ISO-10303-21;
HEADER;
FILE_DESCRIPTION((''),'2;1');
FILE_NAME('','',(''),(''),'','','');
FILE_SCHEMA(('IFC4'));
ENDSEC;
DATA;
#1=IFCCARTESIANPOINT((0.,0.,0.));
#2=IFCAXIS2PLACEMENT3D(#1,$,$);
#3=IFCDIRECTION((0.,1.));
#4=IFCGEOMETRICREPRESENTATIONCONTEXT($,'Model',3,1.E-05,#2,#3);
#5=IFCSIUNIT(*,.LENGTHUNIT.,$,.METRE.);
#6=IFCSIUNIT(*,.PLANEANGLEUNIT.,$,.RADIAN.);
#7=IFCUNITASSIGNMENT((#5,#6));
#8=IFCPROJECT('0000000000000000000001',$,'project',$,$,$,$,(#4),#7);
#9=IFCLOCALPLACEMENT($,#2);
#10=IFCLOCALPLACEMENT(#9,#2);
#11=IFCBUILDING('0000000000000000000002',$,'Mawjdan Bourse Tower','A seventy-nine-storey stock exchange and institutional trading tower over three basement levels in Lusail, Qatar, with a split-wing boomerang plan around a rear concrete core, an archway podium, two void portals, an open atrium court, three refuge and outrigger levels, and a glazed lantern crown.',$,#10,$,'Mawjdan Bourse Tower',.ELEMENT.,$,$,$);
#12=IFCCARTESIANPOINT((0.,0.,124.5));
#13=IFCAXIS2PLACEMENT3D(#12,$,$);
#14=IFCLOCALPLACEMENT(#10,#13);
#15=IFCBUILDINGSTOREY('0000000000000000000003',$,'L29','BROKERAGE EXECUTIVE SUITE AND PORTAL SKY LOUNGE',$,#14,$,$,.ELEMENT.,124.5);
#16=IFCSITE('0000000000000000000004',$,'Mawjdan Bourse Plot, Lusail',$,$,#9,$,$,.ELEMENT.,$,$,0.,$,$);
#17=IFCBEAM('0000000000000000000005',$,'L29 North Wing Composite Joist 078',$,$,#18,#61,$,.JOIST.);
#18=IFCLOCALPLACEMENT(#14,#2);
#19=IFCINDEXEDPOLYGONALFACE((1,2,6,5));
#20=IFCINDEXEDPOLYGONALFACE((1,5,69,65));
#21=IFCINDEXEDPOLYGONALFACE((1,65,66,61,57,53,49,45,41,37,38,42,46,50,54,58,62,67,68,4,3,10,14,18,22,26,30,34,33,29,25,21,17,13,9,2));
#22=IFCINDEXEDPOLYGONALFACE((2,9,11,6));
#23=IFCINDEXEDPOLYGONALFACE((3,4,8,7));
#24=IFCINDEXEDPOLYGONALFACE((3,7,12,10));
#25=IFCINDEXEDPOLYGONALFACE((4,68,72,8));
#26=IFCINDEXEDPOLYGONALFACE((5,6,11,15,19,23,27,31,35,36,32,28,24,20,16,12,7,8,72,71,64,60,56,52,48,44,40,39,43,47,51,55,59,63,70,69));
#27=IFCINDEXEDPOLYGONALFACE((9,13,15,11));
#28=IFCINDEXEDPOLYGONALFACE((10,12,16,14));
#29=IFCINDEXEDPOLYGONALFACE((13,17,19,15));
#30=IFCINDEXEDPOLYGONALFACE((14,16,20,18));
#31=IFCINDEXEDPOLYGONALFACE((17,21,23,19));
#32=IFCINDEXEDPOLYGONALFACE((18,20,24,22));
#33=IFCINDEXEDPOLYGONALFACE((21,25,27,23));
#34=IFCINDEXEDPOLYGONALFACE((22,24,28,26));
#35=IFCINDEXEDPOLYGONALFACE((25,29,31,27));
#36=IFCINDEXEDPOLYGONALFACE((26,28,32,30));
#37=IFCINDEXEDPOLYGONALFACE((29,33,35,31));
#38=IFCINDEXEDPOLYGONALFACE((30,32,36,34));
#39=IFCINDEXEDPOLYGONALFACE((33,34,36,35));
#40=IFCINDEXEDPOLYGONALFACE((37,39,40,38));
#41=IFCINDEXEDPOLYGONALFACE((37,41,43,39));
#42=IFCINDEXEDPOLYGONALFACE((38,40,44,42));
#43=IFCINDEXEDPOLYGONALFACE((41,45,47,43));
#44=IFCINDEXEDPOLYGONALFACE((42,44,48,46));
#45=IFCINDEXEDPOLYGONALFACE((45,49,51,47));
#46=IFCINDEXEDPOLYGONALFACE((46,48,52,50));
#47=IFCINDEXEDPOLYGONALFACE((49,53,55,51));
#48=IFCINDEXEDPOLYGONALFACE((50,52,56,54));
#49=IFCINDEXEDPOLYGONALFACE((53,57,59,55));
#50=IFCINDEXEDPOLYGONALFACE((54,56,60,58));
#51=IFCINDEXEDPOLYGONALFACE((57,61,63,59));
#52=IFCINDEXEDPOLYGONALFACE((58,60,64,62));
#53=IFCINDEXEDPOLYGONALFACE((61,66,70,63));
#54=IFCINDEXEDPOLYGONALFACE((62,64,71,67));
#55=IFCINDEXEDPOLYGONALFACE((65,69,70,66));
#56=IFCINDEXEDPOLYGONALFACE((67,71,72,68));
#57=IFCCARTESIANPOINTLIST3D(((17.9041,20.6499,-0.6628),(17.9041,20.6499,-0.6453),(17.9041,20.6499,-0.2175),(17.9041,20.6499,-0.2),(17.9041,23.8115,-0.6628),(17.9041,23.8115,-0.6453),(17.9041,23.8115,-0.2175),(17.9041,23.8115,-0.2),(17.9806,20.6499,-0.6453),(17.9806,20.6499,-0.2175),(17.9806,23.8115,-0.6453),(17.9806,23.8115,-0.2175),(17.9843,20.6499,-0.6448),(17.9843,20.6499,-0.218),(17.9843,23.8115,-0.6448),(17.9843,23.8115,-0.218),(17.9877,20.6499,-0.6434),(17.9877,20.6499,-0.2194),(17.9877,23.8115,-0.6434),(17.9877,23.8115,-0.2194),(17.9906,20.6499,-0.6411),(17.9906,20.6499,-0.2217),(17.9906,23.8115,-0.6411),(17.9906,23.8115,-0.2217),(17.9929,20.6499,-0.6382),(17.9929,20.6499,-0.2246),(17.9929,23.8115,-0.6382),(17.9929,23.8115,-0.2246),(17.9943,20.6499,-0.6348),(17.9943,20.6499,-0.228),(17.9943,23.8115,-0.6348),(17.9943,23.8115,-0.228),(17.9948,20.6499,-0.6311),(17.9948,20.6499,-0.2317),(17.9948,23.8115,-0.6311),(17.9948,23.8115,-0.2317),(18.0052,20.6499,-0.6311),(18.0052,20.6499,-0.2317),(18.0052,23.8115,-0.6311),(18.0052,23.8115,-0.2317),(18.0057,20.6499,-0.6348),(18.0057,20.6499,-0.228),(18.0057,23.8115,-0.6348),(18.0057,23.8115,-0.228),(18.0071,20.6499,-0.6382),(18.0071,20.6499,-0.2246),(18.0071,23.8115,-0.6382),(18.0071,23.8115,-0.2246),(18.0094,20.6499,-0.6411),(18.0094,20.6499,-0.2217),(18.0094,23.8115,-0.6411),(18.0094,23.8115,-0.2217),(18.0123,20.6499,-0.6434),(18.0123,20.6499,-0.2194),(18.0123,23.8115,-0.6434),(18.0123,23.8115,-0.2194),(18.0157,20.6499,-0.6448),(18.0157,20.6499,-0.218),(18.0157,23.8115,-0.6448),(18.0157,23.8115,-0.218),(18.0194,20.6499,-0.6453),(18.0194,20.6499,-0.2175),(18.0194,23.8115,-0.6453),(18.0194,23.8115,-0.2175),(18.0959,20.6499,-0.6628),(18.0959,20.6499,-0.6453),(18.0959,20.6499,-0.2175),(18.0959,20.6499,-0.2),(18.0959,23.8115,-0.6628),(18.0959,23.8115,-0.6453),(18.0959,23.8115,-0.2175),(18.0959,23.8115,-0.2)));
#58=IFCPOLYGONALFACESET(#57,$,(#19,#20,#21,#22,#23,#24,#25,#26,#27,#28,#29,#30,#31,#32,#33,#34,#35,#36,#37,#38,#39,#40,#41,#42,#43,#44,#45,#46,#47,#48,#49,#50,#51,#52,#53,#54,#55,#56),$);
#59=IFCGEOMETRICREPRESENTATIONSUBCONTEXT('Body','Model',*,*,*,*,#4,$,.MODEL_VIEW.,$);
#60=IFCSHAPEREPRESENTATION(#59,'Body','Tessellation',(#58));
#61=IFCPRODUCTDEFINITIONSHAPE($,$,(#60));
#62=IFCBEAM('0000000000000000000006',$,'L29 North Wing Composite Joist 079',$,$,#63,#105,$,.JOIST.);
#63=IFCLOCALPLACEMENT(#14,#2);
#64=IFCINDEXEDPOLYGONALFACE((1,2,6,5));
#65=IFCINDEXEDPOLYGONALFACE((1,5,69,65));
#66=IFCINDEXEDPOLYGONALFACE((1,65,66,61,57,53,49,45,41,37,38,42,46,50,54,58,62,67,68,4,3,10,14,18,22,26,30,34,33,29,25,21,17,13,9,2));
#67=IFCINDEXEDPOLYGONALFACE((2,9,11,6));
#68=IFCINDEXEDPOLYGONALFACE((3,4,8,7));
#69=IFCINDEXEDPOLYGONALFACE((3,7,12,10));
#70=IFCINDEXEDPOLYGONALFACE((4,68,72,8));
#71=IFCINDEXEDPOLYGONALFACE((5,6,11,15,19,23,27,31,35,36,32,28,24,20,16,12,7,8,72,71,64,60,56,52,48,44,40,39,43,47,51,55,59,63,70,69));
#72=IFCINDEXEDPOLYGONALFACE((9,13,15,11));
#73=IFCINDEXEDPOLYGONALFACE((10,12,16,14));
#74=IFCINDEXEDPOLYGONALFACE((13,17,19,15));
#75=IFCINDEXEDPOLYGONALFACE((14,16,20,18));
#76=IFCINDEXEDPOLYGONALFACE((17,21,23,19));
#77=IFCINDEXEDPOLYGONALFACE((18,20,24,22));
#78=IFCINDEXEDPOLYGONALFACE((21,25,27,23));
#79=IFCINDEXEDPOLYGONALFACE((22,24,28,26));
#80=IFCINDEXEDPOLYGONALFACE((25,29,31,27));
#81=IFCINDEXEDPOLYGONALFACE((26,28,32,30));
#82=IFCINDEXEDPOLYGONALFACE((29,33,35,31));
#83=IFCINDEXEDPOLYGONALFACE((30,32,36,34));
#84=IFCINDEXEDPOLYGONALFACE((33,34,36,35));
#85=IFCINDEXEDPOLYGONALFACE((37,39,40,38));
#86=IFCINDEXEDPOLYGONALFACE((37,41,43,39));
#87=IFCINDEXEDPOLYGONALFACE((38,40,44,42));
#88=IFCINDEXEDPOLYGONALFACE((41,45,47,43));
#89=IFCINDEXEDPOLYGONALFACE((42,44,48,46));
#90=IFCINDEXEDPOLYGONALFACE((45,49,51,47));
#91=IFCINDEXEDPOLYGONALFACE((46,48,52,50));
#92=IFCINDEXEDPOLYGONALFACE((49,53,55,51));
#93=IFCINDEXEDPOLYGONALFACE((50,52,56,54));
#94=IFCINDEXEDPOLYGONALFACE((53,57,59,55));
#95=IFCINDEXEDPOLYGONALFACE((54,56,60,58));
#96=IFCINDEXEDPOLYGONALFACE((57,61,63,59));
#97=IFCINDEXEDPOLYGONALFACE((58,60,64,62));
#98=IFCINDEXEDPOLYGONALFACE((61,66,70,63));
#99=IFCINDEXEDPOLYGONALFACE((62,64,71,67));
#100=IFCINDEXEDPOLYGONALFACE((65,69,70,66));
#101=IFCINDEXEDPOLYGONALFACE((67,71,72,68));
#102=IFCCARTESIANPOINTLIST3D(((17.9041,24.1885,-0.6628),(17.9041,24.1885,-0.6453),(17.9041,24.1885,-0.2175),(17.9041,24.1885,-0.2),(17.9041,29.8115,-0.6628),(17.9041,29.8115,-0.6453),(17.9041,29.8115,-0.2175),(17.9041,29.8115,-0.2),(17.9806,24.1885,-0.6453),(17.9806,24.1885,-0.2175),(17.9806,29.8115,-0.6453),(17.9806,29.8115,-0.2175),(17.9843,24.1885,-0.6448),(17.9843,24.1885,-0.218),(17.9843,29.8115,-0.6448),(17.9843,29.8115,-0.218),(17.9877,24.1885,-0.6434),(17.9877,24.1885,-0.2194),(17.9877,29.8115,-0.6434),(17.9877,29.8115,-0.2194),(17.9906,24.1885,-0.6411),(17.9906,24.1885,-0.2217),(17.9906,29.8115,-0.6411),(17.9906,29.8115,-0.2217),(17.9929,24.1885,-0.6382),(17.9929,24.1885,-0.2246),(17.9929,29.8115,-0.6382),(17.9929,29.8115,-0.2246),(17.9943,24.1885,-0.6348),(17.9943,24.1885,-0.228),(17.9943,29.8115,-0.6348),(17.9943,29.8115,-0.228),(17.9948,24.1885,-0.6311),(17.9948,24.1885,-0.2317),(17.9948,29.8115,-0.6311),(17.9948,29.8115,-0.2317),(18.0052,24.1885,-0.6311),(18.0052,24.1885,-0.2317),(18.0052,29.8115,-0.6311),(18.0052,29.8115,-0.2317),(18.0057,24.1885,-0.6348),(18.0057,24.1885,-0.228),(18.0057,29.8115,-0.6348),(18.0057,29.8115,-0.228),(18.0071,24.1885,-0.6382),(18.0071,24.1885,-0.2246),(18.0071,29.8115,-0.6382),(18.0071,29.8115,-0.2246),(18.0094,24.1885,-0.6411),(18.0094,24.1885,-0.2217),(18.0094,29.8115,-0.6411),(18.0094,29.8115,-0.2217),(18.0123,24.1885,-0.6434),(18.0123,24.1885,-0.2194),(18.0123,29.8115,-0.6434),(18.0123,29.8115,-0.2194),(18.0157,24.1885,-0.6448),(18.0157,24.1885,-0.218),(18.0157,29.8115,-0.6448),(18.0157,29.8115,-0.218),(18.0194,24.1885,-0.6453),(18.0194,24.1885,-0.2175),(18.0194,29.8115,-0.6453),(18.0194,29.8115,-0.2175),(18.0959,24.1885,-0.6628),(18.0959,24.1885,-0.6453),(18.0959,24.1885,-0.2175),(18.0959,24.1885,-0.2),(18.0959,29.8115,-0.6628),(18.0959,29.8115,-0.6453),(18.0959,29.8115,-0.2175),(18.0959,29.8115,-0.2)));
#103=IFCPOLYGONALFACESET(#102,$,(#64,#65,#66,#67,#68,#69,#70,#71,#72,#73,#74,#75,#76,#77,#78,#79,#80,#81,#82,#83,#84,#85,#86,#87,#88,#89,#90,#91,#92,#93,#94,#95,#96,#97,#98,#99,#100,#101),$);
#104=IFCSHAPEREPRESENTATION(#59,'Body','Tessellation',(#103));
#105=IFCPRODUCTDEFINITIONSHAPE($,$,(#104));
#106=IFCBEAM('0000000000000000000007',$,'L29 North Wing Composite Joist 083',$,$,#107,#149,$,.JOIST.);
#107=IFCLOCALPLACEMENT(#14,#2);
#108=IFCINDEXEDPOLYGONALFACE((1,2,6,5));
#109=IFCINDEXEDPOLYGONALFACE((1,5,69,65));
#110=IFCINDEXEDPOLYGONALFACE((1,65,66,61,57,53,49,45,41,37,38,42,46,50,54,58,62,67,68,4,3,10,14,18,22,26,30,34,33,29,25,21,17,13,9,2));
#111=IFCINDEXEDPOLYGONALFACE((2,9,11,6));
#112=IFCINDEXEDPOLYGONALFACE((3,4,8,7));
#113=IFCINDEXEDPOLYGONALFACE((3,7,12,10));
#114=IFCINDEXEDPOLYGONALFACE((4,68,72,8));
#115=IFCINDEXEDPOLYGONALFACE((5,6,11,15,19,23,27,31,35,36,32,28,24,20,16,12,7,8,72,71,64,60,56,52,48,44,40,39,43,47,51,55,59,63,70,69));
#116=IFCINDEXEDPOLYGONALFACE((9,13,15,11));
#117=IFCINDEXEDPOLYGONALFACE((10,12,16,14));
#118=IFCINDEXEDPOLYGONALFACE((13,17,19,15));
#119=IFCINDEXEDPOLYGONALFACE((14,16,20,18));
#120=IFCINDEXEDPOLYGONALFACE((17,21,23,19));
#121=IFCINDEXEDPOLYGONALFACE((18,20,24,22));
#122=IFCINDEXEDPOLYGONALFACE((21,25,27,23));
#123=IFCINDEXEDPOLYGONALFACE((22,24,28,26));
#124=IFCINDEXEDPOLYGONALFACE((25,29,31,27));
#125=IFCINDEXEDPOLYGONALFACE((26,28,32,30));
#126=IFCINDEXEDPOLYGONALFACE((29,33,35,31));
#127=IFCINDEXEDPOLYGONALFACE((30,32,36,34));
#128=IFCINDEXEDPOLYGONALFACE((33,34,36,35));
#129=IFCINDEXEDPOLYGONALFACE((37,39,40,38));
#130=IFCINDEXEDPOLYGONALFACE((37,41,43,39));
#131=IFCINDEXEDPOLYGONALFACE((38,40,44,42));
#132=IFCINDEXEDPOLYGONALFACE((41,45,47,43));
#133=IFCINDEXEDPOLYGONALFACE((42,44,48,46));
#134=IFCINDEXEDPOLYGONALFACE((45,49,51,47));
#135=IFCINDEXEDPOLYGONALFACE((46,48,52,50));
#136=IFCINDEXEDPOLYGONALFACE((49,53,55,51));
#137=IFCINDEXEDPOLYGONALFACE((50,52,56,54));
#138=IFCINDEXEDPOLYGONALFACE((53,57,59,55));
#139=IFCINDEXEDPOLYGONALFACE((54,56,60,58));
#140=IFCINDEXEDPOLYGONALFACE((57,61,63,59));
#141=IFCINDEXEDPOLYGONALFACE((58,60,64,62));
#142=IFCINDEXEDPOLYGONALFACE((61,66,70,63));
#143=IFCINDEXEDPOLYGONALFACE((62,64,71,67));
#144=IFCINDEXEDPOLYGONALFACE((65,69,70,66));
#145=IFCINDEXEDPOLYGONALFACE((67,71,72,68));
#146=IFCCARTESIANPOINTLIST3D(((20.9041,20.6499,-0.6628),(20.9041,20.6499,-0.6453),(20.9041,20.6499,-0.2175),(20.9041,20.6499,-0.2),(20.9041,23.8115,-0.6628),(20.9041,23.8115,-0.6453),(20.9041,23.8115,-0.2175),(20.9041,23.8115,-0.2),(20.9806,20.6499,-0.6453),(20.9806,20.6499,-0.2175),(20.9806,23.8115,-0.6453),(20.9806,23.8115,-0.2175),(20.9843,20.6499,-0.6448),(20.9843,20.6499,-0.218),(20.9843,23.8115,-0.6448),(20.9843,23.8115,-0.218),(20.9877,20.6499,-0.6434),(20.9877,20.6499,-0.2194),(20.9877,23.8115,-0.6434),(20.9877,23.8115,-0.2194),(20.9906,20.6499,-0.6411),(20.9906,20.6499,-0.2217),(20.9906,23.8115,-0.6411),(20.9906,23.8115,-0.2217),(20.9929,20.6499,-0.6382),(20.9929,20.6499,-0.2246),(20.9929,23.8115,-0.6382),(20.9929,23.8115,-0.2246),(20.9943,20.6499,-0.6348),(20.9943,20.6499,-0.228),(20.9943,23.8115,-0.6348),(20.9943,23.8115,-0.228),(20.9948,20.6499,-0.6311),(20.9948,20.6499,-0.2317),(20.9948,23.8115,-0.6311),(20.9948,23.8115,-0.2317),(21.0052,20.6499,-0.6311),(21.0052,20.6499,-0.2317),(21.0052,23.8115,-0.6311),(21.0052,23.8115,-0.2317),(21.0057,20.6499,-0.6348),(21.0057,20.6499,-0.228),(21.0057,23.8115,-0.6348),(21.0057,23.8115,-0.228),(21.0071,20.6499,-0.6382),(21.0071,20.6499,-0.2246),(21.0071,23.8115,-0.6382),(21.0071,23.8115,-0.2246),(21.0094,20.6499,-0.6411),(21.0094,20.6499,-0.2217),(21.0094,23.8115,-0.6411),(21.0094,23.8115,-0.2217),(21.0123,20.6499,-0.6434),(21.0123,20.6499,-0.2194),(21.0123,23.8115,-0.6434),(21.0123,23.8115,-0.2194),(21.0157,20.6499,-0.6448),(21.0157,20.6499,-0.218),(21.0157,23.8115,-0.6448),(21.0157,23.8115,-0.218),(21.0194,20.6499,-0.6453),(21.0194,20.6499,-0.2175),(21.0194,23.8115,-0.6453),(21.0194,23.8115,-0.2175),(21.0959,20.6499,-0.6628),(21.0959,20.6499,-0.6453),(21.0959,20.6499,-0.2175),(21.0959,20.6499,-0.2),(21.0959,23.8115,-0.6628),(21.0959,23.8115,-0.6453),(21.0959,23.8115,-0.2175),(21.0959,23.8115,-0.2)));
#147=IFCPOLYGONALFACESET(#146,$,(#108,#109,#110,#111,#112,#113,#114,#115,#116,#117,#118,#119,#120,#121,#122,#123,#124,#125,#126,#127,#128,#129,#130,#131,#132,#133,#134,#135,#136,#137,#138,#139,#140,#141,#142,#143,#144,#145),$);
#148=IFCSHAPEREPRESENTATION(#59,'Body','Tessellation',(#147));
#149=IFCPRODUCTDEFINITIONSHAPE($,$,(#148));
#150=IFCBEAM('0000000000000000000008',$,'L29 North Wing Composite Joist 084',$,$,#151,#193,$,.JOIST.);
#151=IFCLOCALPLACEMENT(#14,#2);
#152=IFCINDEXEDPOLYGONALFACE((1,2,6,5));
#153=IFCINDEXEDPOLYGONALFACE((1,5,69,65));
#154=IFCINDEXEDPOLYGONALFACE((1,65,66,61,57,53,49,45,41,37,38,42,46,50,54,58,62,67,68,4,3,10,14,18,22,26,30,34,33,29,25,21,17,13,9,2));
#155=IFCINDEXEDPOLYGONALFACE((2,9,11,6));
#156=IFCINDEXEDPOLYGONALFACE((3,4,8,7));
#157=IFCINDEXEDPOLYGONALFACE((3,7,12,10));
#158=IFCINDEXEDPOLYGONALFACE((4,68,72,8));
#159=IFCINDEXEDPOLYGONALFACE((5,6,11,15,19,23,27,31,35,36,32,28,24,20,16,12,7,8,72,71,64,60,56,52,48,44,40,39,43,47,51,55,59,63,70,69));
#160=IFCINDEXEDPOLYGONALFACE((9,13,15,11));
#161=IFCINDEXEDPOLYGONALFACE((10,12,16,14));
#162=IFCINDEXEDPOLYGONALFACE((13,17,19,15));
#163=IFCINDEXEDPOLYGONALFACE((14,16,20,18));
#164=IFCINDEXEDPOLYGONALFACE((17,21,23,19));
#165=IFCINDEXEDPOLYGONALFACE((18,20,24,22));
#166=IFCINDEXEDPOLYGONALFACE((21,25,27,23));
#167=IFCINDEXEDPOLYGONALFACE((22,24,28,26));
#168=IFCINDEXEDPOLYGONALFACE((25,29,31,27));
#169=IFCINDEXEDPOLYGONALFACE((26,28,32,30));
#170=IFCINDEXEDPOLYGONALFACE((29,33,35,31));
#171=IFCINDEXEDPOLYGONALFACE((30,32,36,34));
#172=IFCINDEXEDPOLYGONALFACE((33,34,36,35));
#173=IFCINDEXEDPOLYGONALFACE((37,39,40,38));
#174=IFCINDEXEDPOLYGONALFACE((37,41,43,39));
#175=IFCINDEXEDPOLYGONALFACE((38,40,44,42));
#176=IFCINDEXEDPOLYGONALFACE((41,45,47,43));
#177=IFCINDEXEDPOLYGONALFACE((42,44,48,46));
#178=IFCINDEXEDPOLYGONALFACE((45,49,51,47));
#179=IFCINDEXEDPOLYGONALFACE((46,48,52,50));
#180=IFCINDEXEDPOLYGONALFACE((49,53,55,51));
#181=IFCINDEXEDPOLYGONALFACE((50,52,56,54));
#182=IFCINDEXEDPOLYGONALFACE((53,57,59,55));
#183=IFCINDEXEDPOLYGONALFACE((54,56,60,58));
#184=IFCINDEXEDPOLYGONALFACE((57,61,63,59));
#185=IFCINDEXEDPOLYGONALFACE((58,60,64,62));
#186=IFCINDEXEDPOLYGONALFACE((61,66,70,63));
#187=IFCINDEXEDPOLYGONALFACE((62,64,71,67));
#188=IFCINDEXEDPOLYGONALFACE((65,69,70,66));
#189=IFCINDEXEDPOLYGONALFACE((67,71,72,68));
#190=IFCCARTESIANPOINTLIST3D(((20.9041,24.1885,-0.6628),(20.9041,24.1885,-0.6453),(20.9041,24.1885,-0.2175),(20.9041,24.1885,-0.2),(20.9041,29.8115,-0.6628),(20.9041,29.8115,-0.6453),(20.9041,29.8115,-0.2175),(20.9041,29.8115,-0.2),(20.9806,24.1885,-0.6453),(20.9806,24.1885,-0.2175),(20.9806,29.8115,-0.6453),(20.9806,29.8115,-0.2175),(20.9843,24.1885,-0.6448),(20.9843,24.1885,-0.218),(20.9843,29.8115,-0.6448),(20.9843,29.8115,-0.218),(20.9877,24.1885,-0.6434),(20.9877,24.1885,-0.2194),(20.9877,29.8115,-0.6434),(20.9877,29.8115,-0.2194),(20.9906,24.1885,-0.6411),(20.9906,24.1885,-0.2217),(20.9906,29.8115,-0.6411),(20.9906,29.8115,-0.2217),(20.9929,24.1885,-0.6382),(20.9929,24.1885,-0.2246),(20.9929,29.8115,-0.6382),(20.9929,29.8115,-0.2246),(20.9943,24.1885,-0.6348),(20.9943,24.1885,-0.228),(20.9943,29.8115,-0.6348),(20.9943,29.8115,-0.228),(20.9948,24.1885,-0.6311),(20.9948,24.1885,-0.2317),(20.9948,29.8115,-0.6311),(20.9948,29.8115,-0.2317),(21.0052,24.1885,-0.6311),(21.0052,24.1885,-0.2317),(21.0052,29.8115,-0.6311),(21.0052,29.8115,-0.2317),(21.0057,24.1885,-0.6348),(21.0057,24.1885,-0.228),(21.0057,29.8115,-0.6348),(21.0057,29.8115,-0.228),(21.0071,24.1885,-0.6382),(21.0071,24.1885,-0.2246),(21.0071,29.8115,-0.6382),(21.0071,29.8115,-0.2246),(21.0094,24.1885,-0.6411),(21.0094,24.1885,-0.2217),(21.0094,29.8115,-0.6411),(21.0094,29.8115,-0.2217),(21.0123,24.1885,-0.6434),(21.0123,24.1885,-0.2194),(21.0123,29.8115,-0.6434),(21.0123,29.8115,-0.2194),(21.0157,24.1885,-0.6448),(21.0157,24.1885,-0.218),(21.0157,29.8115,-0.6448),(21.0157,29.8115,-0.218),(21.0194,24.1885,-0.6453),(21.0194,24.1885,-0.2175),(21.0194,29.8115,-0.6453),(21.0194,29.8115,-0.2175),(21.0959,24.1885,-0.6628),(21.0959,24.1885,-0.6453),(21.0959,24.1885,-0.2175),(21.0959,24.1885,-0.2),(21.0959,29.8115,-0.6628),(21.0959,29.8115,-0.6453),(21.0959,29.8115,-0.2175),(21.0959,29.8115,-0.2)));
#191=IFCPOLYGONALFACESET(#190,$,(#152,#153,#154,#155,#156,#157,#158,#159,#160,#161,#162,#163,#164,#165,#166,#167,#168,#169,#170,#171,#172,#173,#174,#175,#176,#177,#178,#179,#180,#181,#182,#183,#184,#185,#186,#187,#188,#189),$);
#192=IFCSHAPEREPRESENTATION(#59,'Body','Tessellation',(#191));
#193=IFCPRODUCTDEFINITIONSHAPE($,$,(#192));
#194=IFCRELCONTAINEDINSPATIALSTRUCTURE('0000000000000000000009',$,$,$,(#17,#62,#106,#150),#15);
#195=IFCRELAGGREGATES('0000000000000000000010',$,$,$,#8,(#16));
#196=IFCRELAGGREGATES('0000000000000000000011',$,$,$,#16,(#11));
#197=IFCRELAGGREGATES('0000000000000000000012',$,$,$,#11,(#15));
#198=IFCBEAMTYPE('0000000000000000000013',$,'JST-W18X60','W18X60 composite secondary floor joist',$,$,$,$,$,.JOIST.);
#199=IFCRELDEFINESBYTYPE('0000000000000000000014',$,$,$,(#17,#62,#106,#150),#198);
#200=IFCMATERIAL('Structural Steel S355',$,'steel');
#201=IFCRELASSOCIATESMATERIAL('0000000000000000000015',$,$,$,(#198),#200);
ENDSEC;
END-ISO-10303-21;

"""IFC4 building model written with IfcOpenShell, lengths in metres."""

from ifc_helpers import new_model, si_unit, direction, frame, origin, origin_2d, place, context, subcontext, project, spatial, i_section, extrude, material, material_profile, profile_set, type_object, element, save


model = new_model("IFC4")

# Units and contexts
model_context = context("Model", 3, precision=1e-05, world=origin(), true_north=direction((0.0, 1.0)))
body_context = subcontext(model_context, "Body", "Model", "MODEL_VIEW")
ifc_project = project(units=[si_unit("LENGTHUNIT", "METRE"), si_unit("PLANEANGLEUNIT", "RADIAN")], contexts=[model_context])

# Site, building, storey
site_placement = place(None, origin())
site = spatial("IfcSite", under=ifc_project, at=site_placement, Name="Mawjdan Bourse Plot, Lusail", CompositionType="ELEMENT", RefElevation=0.0)
building_placement = place(site_placement, origin())
building = spatial("IfcBuilding", under=site, at=building_placement, Name="Mawjdan Bourse Tower", Description="A seventy-nine-storey stock exchange and institutional trading tower over three basement levels in Lusail, Qatar, with a split-wing boomerang plan around a rear concrete core, an archway podium, two void portals, an open atrium court, three refuge and outrigger levels, and a glazed lantern crown.", LongName="Mawjdan Bourse Tower", CompositionType="ELEMENT")
storey_placement = place(building_placement, frame((0.0, 0.0, 124.5)))
storey = spatial("IfcBuildingStorey", under=building, at=storey_placement, Name="L29", Description="BROKERAGE EXECUTIVE SUITE AND PORTAL SKY LOUNGE", CompositionType="ELEMENT", Elevation=124.5)

# Beams
ifc_material_1 = material(Name="Structural Steel S355", Category="steel")
ifc_material_profile_1 = material_profile(ifc_material_1, i_section(OverallWidth=0.1919, OverallDepth=0.4629, WebThickness=0.0105, FlangeThickness=0.0176, FilletRadius=0.0142, at=origin_2d()), Name="W18X60")
ifc_profile_set_1 = profile_set([ifc_material_profile_1], Name="Structural Steel S355")
beam_type_1 = type_object("IfcBeamType", Name="JST-W18X60", Description="W18X60 composite secondary floor joist", PredefinedType="JOIST", material=ifc_profile_set_1)
beam_1_placement = place(storey_placement, frame((18.0, 20.6499, -0.4314), z_axis=(0.0, 1.0, 0.0), x_axis=(-1.0, 0.0, 0.0)))
element("IfcBeam", 1, at=beam_1_placement, inside=storey, type_object=beam_type_1, Name="L29 North Wing Composite Joist 078", PredefinedType="JOIST", context=body_context, shape_type="SweptSolid", body=[
    extrude(i_section(OverallWidth=0.1919, OverallDepth=0.4629, WebThickness=0.0105, FlangeThickness=0.0176, FilletRadius=0.0142, at=origin_2d()), origin(), (0.0, 0.0, 1.0), 3.1616),
])
beam_2_placement = place(storey_placement, frame((18.0, 24.1885, -0.4314), z_axis=(0.0, 1.0, 0.0), x_axis=(-1.0, 0.0, 0.0)))
element("IfcBeam", 2, at=beam_2_placement, inside=storey, type_object=beam_type_1, Name="L29 North Wing Composite Joist 079", PredefinedType="JOIST", context=body_context, shape_type="SweptSolid", body=[
    extrude(i_section(OverallWidth=0.1919, OverallDepth=0.4629, WebThickness=0.0105, FlangeThickness=0.0176, FilletRadius=0.0142, at=origin_2d()), origin(), (0.0, 0.0, 1.0), 5.623),
])
beam_3_placement = place(storey_placement, frame((21.0, 20.6499, -0.4314), z_axis=(0.0, 1.0, 0.0), x_axis=(-1.0, 0.0, 0.0)))
element("IfcBeam", 3, at=beam_3_placement, inside=storey, type_object=beam_type_1, Name="L29 North Wing Composite Joist 083", PredefinedType="JOIST", context=body_context, shape_type="SweptSolid", body=[
    extrude(i_section(OverallWidth=0.1919, OverallDepth=0.4629, WebThickness=0.0105, FlangeThickness=0.0176, FilletRadius=0.0142, at=origin_2d()), origin(), (0.0, 0.0, 1.0), 3.1616),
])
beam_4_placement = place(storey_placement, frame((21.0, 24.1885, -0.4314), z_axis=(0.0, 1.0, 0.0), x_axis=(-1.0, 0.0, 0.0)))
element("IfcBeam", 4, at=beam_4_placement, inside=storey, type_object=beam_type_1, Name="L29 North Wing Composite Joist 084", PredefinedType="JOIST", context=body_context, shape_type="SweptSolid", body=[
    extrude(i_section(OverallWidth=0.1919, OverallDepth=0.4629, WebThickness=0.0105, FlangeThickness=0.0176, FilletRadius=0.0142, at=origin_2d()), origin(), (0.0, 0.0, 1.0), 5.623),
])

save(model, "model.ifc")
